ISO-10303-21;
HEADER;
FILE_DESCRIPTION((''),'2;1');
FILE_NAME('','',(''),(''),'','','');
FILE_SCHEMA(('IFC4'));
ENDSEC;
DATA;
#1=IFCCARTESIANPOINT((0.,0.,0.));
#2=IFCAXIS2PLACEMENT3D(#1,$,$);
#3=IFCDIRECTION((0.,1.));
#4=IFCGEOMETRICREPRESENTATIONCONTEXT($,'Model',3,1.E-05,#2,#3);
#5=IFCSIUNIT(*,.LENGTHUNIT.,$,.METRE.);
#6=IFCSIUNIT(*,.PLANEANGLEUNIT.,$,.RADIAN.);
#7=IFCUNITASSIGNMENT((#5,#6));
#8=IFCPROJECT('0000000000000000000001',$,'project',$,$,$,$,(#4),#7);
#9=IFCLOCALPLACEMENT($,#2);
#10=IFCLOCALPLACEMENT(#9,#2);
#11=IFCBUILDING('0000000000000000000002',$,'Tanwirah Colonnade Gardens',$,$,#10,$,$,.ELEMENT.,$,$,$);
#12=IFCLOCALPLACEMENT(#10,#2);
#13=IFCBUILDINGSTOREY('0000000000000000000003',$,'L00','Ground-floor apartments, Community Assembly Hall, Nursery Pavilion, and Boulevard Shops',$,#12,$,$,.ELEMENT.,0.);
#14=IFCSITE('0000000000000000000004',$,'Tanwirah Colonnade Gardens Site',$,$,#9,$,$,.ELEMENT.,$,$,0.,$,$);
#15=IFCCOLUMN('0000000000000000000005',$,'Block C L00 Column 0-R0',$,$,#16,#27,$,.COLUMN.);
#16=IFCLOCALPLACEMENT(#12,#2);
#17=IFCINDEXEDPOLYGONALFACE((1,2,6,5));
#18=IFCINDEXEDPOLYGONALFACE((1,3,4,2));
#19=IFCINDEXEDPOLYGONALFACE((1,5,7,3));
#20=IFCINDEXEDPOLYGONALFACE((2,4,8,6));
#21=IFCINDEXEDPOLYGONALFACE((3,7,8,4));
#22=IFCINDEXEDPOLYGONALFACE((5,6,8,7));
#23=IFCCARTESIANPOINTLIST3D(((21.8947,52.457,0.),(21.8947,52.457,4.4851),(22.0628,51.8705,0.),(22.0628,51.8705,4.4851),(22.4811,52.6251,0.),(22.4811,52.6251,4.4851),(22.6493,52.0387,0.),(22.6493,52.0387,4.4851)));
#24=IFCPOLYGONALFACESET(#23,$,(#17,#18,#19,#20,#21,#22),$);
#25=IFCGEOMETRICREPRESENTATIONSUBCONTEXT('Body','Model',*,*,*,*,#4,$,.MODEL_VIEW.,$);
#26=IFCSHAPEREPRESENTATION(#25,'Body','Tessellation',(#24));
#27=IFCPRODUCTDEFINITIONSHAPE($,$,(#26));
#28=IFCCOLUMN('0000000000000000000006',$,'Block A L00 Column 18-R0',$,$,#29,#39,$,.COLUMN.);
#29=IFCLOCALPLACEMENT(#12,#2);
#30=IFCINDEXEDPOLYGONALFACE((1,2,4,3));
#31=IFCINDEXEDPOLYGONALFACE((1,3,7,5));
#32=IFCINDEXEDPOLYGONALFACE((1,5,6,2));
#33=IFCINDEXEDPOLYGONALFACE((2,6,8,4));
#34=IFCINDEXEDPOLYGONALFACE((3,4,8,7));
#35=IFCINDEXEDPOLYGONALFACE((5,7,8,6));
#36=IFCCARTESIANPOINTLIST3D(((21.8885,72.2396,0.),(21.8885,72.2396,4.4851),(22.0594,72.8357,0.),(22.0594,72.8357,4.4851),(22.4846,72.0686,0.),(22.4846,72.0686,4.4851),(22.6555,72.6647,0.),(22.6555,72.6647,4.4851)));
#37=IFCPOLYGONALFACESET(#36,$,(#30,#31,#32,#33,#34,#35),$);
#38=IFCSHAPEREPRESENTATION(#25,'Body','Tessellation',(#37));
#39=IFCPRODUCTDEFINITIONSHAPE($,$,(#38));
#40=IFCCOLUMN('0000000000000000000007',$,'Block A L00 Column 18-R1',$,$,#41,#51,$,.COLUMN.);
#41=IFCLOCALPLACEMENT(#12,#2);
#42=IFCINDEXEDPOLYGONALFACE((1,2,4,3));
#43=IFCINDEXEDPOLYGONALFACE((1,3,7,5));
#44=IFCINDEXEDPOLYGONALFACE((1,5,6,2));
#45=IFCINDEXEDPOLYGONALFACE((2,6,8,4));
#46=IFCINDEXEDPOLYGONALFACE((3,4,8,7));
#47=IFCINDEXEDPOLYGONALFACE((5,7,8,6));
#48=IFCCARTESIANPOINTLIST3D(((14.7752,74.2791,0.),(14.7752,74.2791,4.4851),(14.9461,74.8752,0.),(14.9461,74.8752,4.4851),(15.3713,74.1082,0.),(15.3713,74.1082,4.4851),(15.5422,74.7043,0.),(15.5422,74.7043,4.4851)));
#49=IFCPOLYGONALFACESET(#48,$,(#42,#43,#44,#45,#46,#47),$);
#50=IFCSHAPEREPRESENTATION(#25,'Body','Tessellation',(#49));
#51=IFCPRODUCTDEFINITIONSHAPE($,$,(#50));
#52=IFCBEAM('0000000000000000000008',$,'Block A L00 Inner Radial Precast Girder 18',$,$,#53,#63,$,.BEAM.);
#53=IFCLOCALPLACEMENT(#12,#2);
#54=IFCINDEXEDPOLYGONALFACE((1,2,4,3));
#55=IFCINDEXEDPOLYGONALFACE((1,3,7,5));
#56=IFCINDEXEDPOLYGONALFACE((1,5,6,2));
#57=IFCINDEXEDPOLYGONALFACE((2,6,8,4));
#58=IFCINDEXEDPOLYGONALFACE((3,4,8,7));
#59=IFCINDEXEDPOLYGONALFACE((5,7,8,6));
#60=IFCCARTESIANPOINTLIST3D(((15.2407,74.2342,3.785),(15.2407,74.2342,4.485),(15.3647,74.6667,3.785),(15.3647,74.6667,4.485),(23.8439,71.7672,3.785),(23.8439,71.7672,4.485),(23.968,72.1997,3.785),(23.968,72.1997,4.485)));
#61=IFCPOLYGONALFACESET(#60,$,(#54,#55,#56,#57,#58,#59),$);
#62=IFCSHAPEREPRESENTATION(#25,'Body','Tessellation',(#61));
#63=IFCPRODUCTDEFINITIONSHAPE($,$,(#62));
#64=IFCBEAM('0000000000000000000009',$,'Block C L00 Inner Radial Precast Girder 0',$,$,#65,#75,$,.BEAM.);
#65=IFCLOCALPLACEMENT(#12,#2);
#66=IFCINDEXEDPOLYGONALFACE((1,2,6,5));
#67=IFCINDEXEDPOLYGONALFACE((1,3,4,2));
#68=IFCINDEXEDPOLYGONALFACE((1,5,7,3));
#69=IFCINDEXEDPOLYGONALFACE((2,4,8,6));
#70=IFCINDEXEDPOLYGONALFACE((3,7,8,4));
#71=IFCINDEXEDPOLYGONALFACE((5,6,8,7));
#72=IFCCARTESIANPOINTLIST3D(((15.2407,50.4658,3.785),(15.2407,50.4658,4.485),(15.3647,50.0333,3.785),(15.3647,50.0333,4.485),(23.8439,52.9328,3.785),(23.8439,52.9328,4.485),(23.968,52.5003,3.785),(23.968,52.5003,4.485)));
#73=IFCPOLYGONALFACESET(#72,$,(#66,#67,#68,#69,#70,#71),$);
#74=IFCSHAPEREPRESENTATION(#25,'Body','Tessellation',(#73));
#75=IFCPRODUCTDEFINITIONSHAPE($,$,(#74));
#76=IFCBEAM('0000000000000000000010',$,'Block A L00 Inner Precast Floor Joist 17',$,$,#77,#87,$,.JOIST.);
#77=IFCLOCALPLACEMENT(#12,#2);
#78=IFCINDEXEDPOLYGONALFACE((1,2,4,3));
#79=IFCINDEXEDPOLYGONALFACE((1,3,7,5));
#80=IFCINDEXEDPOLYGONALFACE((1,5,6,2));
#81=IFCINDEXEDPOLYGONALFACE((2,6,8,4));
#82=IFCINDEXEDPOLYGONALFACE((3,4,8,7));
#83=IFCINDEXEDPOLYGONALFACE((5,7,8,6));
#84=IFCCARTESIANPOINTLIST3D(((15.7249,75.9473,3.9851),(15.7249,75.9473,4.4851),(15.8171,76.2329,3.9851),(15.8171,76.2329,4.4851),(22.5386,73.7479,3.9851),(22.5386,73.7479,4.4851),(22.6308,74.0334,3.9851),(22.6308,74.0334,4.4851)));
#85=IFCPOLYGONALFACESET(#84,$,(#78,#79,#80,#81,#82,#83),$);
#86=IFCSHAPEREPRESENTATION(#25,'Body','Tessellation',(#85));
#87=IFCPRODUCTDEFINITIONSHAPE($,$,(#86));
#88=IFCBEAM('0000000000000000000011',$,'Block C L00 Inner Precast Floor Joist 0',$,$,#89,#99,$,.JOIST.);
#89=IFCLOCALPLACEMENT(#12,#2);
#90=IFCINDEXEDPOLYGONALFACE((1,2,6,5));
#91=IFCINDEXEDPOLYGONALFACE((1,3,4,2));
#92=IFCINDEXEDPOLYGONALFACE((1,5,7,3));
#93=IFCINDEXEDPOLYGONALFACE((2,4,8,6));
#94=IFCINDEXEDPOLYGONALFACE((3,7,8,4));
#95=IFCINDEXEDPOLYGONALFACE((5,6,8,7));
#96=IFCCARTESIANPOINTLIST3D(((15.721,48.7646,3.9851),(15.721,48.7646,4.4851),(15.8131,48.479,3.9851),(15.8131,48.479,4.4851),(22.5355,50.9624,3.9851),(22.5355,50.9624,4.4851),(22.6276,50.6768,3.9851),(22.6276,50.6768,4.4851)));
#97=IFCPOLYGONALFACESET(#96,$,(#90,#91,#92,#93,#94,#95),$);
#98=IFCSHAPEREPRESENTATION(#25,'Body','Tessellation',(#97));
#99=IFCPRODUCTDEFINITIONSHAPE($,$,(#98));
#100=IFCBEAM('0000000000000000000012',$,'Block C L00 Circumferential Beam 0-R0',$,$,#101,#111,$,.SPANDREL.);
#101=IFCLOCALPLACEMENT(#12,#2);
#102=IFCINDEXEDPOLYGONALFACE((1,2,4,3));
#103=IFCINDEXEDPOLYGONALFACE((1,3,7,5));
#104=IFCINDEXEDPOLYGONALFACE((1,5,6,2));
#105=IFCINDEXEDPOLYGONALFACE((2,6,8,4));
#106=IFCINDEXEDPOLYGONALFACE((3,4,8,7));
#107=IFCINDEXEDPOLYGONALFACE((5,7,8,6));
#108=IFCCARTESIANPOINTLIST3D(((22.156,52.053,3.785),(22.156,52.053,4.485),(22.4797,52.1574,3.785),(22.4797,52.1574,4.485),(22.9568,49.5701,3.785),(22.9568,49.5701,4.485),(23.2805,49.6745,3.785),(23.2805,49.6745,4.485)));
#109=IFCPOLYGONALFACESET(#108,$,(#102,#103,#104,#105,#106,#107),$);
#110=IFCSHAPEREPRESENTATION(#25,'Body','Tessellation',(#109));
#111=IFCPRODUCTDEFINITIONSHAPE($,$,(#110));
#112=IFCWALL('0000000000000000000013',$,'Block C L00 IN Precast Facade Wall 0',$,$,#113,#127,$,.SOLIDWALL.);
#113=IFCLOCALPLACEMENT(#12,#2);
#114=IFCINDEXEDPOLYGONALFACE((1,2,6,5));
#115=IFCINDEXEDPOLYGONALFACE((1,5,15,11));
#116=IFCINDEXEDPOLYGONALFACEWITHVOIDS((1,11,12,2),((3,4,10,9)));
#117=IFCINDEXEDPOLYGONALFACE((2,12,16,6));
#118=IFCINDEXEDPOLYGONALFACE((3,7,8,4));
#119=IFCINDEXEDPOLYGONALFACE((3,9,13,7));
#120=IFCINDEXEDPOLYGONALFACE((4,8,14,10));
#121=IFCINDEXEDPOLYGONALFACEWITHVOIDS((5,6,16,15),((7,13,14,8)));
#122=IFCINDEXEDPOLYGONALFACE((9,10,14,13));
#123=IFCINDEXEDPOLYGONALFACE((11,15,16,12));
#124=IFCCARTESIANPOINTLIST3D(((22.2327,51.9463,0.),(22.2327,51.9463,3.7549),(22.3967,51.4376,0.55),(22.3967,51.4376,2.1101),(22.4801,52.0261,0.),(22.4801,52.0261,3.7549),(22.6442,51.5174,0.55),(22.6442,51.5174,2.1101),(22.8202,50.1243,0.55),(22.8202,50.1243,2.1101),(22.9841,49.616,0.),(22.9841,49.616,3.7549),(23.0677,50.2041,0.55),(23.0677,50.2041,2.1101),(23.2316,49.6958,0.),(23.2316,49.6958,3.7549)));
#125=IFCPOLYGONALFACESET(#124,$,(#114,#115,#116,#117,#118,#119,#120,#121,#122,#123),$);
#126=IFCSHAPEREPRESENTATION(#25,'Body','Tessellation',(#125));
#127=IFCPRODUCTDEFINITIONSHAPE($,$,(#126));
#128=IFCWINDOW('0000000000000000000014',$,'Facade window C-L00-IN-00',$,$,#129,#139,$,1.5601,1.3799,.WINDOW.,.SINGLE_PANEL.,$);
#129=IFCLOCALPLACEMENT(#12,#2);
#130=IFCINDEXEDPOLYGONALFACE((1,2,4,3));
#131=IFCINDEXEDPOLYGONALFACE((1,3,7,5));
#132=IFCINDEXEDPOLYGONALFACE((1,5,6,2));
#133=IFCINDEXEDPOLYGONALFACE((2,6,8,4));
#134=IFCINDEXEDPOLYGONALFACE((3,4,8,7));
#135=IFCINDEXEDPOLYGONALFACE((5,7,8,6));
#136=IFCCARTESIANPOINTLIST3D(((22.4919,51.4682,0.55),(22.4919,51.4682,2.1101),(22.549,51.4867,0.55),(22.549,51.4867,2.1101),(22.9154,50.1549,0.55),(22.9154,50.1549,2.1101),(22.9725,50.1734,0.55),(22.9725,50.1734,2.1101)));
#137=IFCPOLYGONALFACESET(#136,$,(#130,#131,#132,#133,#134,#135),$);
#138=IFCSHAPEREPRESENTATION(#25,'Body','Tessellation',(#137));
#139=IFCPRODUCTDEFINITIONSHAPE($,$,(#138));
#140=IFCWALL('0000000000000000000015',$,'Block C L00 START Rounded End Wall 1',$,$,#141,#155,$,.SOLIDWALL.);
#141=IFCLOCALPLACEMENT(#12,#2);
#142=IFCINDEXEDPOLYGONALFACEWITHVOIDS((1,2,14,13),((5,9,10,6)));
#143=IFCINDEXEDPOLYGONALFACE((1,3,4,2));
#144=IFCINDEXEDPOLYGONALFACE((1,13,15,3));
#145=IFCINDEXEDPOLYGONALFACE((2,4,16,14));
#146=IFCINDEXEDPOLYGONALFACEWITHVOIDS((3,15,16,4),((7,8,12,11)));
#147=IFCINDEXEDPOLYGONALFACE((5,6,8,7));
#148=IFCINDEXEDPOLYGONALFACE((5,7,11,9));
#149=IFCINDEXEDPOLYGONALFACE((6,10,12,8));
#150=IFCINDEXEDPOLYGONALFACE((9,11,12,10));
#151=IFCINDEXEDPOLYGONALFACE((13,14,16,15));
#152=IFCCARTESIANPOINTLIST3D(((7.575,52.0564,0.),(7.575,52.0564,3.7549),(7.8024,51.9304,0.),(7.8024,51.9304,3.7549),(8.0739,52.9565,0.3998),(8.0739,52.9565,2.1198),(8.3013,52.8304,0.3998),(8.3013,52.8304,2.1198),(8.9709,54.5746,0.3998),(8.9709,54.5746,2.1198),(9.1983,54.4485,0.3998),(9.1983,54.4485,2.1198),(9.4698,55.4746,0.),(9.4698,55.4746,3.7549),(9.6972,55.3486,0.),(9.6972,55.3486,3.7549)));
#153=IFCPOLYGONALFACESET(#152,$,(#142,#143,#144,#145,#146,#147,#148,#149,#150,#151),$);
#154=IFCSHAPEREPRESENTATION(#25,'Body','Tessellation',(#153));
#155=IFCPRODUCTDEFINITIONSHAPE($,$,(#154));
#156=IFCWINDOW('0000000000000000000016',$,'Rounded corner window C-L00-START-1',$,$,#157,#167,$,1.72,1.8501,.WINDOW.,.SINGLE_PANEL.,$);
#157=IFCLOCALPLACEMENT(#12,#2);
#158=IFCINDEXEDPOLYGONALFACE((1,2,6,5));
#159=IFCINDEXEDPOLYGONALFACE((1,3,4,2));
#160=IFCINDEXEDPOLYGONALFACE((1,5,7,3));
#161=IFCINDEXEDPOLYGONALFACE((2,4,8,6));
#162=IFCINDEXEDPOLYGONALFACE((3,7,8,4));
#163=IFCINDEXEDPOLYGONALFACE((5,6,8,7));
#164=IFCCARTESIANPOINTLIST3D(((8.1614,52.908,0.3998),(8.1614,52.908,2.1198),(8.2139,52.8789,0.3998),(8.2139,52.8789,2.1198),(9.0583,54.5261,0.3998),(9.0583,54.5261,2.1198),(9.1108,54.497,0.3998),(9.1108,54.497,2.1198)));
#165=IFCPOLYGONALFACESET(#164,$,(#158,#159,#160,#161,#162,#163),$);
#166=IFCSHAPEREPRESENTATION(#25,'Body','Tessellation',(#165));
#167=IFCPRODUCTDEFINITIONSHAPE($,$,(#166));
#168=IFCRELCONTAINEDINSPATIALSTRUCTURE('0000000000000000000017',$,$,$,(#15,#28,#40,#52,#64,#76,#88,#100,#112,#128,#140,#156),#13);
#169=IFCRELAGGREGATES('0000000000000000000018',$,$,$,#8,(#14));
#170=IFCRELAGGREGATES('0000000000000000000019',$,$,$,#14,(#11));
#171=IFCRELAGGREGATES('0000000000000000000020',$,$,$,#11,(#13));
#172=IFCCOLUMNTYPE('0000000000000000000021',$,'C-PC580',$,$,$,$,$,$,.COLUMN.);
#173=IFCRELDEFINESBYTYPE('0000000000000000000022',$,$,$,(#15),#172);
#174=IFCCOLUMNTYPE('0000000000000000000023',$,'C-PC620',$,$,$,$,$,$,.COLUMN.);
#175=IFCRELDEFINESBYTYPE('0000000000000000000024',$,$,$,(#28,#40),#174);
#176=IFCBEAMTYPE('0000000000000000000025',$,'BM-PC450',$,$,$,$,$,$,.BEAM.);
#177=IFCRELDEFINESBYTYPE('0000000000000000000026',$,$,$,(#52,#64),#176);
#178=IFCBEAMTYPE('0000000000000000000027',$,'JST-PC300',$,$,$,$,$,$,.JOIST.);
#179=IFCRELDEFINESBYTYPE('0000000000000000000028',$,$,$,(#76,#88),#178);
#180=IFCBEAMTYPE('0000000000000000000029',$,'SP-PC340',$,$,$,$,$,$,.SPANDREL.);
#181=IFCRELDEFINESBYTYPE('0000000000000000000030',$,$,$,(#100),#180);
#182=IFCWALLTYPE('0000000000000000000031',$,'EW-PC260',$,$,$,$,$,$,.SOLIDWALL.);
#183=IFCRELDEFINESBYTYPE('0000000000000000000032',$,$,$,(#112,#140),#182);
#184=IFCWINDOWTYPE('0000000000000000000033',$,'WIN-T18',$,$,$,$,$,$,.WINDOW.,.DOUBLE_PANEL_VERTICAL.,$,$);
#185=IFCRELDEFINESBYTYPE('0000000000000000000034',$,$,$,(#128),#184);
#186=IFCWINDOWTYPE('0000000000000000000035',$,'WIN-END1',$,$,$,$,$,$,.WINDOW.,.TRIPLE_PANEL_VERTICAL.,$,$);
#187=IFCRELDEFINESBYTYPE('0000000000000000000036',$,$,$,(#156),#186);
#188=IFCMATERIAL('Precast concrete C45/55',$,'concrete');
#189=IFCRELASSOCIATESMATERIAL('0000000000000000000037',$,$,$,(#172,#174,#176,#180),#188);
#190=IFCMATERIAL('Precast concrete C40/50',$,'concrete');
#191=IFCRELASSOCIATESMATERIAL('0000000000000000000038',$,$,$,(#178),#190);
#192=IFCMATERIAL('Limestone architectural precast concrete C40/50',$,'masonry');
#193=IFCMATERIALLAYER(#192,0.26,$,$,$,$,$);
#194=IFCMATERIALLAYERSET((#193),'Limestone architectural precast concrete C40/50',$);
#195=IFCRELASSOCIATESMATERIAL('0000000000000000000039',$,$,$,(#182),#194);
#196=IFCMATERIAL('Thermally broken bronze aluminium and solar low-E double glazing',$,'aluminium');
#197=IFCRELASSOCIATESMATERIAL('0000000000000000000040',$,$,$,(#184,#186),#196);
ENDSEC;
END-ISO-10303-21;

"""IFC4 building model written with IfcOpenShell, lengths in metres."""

from ifc_helpers import new_model, si_unit, direction, frame, frame_2d, origin, origin_2d, place, context, subcontext, project, spatial, rectangle, extrude, material, layer, layer_set, material_profile, profile_set, type_object, element, fill, save


model = new_model("IFC4")

# Units and contexts
model_context = context("Model", 3, precision=1e-05, world=origin(), true_north=direction((0.0, 1.0)))
body_context = subcontext(model_context, "Body", "Model", "MODEL_VIEW")
ifc_project = project(units=[si_unit("LENGTHUNIT", "METRE"), si_unit("PLANEANGLEUNIT", "RADIAN")], contexts=[model_context])

# Site, building, storey
site_placement = place(None, origin())
site = spatial("IfcSite", under=ifc_project, at=site_placement, Name="Tanwirah Colonnade Gardens Site", CompositionType="ELEMENT", RefElevation=0.0)
building_placement = place(site_placement, origin())
building = spatial("IfcBuilding", under=site, at=building_placement, Name="Tanwirah Colonnade Gardens", CompositionType="ELEMENT")
storey_placement = place(building_placement, origin())
storey = spatial("IfcBuildingStorey", under=building, at=storey_placement, Name="L00", Description="Ground-floor apartments, Community Assembly Hall, Nursery Pavilion, and Boulevard Shops", CompositionType="ELEMENT", Elevation=0.0)

# Columns
ifc_material_1 = material(Name="Precast concrete C45/55", Category="concrete")
ifc_material_profile_1 = material_profile(ifc_material_1, rectangle(XDim=0.6101, YDim=0.6101, at=origin_2d()), Name="PC-COL 610x610")
ifc_profile_set_1 = profile_set([ifc_material_profile_1], Name="Precast concrete C45/55")
column_type_1 = type_object("IfcColumnType", Name="C-PC580", PredefinedType="COLUMN", material=ifc_profile_set_1)
column_placement = place(storey_placement, frame((22.272, 52.2478, 0.0), z_axis=(0.0, 0.0, 1.0), x_axis=(-0.961262, -0.275637, 0.0)))
element("IfcColumn", 1, at=column_placement, inside=storey, type_object=column_type_1, Name="Block C L00 Column 0-R0", PredefinedType="COLUMN", context=body_context, shape_type="SweptSolid", body=[
    extrude(rectangle(XDim=0.6101, YDim=0.6101, at=origin_2d()), origin(), (0.0, 0.0, 1.0), 4.4851),
])
ifc_material_profile_2 = material_profile(ifc_material_1, rectangle(XDim=0.6201, YDim=0.6201, at=origin_2d()), Name="PC-COL 620x620")
ifc_profile_set_2 = profile_set([ifc_material_profile_2], Name="Precast concrete C45/55")
column_type_2 = type_object("IfcColumnType", Name="C-PC620", PredefinedType="COLUMN", material=ifc_profile_set_2)
for number, where, z_axis, x_axis, name in (
    (2, (22.272, 72.4521, 0.0), (0.0, 0.0, 1.0), (-0.961262, 0.275637, 0.0), "Block A L00 Column 18-R0"),
    (3, (15.1587, 74.4917, 0.0), (0.0, 0.0, 1.0), (-0.961262, 0.275637, 0.0), "Block A L00 Column 18-R1"),
):
    element("IfcColumn", number, at=place(storey_placement, frame(where, z_axis=z_axis, x_axis=x_axis)), inside=storey, type_object=column_type_2, Name=name, PredefinedType="COLUMN", context=body_context, shape_type="SweptSolid", body=[
        extrude(rectangle(XDim=0.6201, YDim=0.6201, at=origin_2d()), origin(), (0.0, 0.0, 1.0), 4.4851),
    ])

# Beams
ifc_material_profile_3 = material_profile(ifc_material_1, rectangle(XDim=0.45, YDim=0.7, at=origin_2d()), Name="PC-BM 450x700")
ifc_profile_set_3 = profile_set([ifc_material_profile_3], Name="Precast concrete C45/55")
beam_type_1 = type_object("IfcBeamType", Name="BM-PC450", PredefinedType="BEAM", material=ifc_profile_set_3)
for number, where, z_axis, x_axis, name in (
    (4, (15.3027, 74.4504, 4.135), (0.961259, -0.275647, 0.0), (0.275647, 0.961259, 0.0), "Block A L00 Inner Radial Precast Girder 18"),
    (5, (15.3027, 50.2495, 4.135), (0.961259, 0.275647, 0.0), (-0.275647, 0.961259, 0.0), "Block C L00 Inner Radial Precast Girder 0"),
):
    element("IfcBeam", number, at=place(storey_placement, frame(where, z_axis=z_axis, x_axis=x_axis)), inside=storey, type_object=beam_type_1, Name=name, PredefinedType="BEAM", context=body_context, shape_type="SweptSolid", body=[
        extrude(rectangle(XDim=0.45, YDim=0.7, at=origin_2d()), origin(), (0.0, 0.0, 1.0), 8.95),
    ])
ifc_material_2 = material(Name="Precast concrete C40/50", Category="concrete")
ifc_material_profile_4 = material_profile(ifc_material_2, rectangle(XDim=0.3, YDim=0.5, at=origin_2d()), Name="PC-JST 300x500")
ifc_profile_set_4 = profile_set([ifc_material_profile_4], Name="Precast concrete C40/50")
beam_type_2 = type_object("IfcBeamType", Name="JST-PC300", PredefinedType="JOIST", material=ifc_profile_set_4)
beam_1_placement = place(storey_placement, frame((22.5847, 73.8906, 4.2351), z_axis=(-0.951648, 0.307191, 0.0), x_axis=(-0.307191, -0.951648, 0.0)))
element("IfcBeam", 6, at=beam_1_placement, inside=storey, type_object=beam_type_2, Name="Block A L00 Inner Precast Floor Joist 17", PredefinedType="JOIST", context=body_context, shape_type="SweptSolid", body=[
    extrude(rectangle(XDim=0.3, YDim=0.5, at=origin_2d()), origin(), (0.0, 0.0, 1.0), 7.1599),
])
beam_2_placement = place(storey_placement, frame((22.5815, 50.8196, 4.2351), z_axis=(-0.951727, -0.306945, 0.0), x_axis=(0.306945, -0.951727, 0.0)))
element("IfcBeam", 7, at=beam_2_placement, inside=storey, type_object=beam_type_2, Name="Block C L00 Inner Precast Floor Joist 0", PredefinedType="JOIST", context=body_context, shape_type="SweptSolid", body=[
    extrude(rectangle(XDim=0.3, YDim=0.5, at=origin_2d()), origin(), (0.0, 0.0, 1.0), 7.1602),
])
ifc_material_profile_5 = material_profile(ifc_material_1, rectangle(XDim=0.3401, YDim=0.7, at=origin_2d()), Name="PC-SP 340x700")
ifc_profile_set_5 = profile_set([ifc_material_profile_5], Name="Precast concrete C45/55")
beam_type_3 = type_object("IfcBeamType", Name="SP-PC340", PredefinedType="SPANDREL", material=ifc_profile_set_5)
beam_3_placement = place(storey_placement, frame((22.3179, 52.1052, 4.135), z_axis=(0.306948, -0.951726, 0.0), x_axis=(0.951726, 0.306948, 0.0)))
element("IfcBeam", 8, at=beam_3_placement, inside=storey, type_object=beam_type_3, Name="Block C L00 Circumferential Beam 0-R0", PredefinedType="SPANDREL", context=body_context, shape_type="SweptSolid", body=[
    extrude(rectangle(XDim=0.3401, YDim=0.7, at=origin_2d()), origin(), (0.0, 0.0, 1.0), 2.6089),
])

# Walls, openings, windows
ifc_material_3 = material(Name="Limestone architectural precast concrete C40/50", Category="masonry")
ifc_layer_1 = layer(ifc_material_3, 0.26)
ifc_layer_set_1 = layer_set([ifc_layer_1], Name="Limestone architectural precast concrete C40/50")
wall_type_1 = type_object("IfcWallType", Name="EW-PC260", PredefinedType="SOLIDWALL", material=ifc_layer_set_1)
wall_1_placement = place(storey_placement, frame((22.3564, 51.9861, 0.0), z_axis=(0.0, 0.0, 1.0), x_axis=(0.30691, -0.951739, 0.0)))
wall_1 = element("IfcWall", 9, at=wall_1_placement, inside=storey, type_object=wall_type_1, Name="Block C L00 IN Precast Facade Wall 0", PredefinedType="SOLIDWALL", context=body_context, shape_type="SweptSolid", body=[
    extrude(rectangle(XDim=2.4485, YDim=0.26, at=frame_2d((1.2241, 0.0))), origin(), (0.0, 0.0, 1.0), 3.7549),
])
opening_1_placement = place(wall_1_placement, frame((0.5344, 0.0, 0.55)))
opening_1 = element("IfcOpeningElement", 10, at=opening_1_placement, cuts=wall_1, PredefinedType="OPENING", context=body_context, shape_type="SweptSolid", body=[
    extrude(rectangle(XDim=1.3799, YDim=1.5601, at=frame_2d((0.6899, 0.78))), frame((0.0, 0.1399, 0.0), z_axis=(0.0, -1.0, 0.0), x_axis=(1.0, 0.0, 0.0)), (0.0, 0.0, 1.0), 0.28),
])
ifc_material_4 = material(Name="Thermally broken bronze aluminium and solar low-E double glazing", Category="aluminium")
window_type_1 = type_object("IfcWindowType", Name="WIN-T18", PartitioningType="DOUBLE_PANEL_VERTICAL", PredefinedType="WINDOW", material=ifc_material_4)
window_1_placement = place(opening_1_placement, origin())
window_1 = element("IfcWindow", 11, at=window_1_placement, inside=storey, type_object=window_type_1, Name="Facade window C-L00-IN-00", OverallHeight=1.5601, OverallWidth=1.3799, PartitioningType="SINGLE_PANEL", PredefinedType="WINDOW", context=body_context, shape_type="SweptSolid", body=[
    extrude(rectangle(XDim=1.3799, YDim=1.5601, at=frame_2d((0.6899, 0.78))), frame((0.0, 0.03, 0.0), z_axis=(0.0, -1.0, 0.0), x_axis=(1.0, 0.0, 0.0)), (0.0, 0.0, 1.0), 0.0601),
])
fill(opening_1, window_1)
wall_2_placement = place(storey_placement, frame((7.6887, 51.9934, 0.0), z_axis=(0.0, 0.0, 1.0), x_axis=(0.484815, 0.874617, 0.0)))
wall_2 = element("IfcWall", 12, at=wall_2_placement, inside=storey, type_object=wall_type_1, Name="Block C L00 START Rounded End Wall 1", PredefinedType="SOLIDWALL", context=body_context, shape_type="SweptSolid", body=[
    extrude(rectangle(XDim=3.9082, YDim=0.26, at=frame_2d((1.9541, 0.0))), origin(), (0.0, 0.0, 1.0), 3.7549),
])
opening_2_placement = place(wall_2_placement, frame((1.0291, 0.0, 0.3999)))
opening_2 = element("IfcOpeningElement", 13, at=opening_2_placement, cuts=wall_2, PredefinedType="OPENING", context=body_context, shape_type="SweptSolid", body=[
    extrude(rectangle(XDim=1.8501, YDim=1.72, at=frame_2d((0.925, 0.8599))), frame((0.0, 0.1399, 0.0), z_axis=(0.0, -1.0, 0.0), x_axis=(1.0, 0.0, 0.0)), (0.0, 0.0, 1.0), 0.28),
])
window_type_2 = type_object("IfcWindowType", Name="WIN-END1", PartitioningType="TRIPLE_PANEL_VERTICAL", PredefinedType="WINDOW", material=ifc_material_4)
window_2_placement = place(opening_2_placement, origin())
window_2 = element("IfcWindow", 14, at=window_2_placement, inside=storey, type_object=window_type_2, Name="Rounded corner window C-L00-START-1", OverallHeight=1.72, OverallWidth=1.8501, PartitioningType="SINGLE_PANEL", PredefinedType="WINDOW", context=body_context, shape_type="SweptSolid", body=[
    extrude(rectangle(XDim=1.8501, YDim=1.72, at=frame_2d((0.925, 0.8599))), frame((0.0, 0.03, 0.0), z_axis=(0.0, -1.0, 0.0), x_axis=(1.0, 0.0, 0.0)), (0.0, 0.0, 1.0), 0.0601),
])
fill(opening_2, window_2)

save(model, "model.ifc")
